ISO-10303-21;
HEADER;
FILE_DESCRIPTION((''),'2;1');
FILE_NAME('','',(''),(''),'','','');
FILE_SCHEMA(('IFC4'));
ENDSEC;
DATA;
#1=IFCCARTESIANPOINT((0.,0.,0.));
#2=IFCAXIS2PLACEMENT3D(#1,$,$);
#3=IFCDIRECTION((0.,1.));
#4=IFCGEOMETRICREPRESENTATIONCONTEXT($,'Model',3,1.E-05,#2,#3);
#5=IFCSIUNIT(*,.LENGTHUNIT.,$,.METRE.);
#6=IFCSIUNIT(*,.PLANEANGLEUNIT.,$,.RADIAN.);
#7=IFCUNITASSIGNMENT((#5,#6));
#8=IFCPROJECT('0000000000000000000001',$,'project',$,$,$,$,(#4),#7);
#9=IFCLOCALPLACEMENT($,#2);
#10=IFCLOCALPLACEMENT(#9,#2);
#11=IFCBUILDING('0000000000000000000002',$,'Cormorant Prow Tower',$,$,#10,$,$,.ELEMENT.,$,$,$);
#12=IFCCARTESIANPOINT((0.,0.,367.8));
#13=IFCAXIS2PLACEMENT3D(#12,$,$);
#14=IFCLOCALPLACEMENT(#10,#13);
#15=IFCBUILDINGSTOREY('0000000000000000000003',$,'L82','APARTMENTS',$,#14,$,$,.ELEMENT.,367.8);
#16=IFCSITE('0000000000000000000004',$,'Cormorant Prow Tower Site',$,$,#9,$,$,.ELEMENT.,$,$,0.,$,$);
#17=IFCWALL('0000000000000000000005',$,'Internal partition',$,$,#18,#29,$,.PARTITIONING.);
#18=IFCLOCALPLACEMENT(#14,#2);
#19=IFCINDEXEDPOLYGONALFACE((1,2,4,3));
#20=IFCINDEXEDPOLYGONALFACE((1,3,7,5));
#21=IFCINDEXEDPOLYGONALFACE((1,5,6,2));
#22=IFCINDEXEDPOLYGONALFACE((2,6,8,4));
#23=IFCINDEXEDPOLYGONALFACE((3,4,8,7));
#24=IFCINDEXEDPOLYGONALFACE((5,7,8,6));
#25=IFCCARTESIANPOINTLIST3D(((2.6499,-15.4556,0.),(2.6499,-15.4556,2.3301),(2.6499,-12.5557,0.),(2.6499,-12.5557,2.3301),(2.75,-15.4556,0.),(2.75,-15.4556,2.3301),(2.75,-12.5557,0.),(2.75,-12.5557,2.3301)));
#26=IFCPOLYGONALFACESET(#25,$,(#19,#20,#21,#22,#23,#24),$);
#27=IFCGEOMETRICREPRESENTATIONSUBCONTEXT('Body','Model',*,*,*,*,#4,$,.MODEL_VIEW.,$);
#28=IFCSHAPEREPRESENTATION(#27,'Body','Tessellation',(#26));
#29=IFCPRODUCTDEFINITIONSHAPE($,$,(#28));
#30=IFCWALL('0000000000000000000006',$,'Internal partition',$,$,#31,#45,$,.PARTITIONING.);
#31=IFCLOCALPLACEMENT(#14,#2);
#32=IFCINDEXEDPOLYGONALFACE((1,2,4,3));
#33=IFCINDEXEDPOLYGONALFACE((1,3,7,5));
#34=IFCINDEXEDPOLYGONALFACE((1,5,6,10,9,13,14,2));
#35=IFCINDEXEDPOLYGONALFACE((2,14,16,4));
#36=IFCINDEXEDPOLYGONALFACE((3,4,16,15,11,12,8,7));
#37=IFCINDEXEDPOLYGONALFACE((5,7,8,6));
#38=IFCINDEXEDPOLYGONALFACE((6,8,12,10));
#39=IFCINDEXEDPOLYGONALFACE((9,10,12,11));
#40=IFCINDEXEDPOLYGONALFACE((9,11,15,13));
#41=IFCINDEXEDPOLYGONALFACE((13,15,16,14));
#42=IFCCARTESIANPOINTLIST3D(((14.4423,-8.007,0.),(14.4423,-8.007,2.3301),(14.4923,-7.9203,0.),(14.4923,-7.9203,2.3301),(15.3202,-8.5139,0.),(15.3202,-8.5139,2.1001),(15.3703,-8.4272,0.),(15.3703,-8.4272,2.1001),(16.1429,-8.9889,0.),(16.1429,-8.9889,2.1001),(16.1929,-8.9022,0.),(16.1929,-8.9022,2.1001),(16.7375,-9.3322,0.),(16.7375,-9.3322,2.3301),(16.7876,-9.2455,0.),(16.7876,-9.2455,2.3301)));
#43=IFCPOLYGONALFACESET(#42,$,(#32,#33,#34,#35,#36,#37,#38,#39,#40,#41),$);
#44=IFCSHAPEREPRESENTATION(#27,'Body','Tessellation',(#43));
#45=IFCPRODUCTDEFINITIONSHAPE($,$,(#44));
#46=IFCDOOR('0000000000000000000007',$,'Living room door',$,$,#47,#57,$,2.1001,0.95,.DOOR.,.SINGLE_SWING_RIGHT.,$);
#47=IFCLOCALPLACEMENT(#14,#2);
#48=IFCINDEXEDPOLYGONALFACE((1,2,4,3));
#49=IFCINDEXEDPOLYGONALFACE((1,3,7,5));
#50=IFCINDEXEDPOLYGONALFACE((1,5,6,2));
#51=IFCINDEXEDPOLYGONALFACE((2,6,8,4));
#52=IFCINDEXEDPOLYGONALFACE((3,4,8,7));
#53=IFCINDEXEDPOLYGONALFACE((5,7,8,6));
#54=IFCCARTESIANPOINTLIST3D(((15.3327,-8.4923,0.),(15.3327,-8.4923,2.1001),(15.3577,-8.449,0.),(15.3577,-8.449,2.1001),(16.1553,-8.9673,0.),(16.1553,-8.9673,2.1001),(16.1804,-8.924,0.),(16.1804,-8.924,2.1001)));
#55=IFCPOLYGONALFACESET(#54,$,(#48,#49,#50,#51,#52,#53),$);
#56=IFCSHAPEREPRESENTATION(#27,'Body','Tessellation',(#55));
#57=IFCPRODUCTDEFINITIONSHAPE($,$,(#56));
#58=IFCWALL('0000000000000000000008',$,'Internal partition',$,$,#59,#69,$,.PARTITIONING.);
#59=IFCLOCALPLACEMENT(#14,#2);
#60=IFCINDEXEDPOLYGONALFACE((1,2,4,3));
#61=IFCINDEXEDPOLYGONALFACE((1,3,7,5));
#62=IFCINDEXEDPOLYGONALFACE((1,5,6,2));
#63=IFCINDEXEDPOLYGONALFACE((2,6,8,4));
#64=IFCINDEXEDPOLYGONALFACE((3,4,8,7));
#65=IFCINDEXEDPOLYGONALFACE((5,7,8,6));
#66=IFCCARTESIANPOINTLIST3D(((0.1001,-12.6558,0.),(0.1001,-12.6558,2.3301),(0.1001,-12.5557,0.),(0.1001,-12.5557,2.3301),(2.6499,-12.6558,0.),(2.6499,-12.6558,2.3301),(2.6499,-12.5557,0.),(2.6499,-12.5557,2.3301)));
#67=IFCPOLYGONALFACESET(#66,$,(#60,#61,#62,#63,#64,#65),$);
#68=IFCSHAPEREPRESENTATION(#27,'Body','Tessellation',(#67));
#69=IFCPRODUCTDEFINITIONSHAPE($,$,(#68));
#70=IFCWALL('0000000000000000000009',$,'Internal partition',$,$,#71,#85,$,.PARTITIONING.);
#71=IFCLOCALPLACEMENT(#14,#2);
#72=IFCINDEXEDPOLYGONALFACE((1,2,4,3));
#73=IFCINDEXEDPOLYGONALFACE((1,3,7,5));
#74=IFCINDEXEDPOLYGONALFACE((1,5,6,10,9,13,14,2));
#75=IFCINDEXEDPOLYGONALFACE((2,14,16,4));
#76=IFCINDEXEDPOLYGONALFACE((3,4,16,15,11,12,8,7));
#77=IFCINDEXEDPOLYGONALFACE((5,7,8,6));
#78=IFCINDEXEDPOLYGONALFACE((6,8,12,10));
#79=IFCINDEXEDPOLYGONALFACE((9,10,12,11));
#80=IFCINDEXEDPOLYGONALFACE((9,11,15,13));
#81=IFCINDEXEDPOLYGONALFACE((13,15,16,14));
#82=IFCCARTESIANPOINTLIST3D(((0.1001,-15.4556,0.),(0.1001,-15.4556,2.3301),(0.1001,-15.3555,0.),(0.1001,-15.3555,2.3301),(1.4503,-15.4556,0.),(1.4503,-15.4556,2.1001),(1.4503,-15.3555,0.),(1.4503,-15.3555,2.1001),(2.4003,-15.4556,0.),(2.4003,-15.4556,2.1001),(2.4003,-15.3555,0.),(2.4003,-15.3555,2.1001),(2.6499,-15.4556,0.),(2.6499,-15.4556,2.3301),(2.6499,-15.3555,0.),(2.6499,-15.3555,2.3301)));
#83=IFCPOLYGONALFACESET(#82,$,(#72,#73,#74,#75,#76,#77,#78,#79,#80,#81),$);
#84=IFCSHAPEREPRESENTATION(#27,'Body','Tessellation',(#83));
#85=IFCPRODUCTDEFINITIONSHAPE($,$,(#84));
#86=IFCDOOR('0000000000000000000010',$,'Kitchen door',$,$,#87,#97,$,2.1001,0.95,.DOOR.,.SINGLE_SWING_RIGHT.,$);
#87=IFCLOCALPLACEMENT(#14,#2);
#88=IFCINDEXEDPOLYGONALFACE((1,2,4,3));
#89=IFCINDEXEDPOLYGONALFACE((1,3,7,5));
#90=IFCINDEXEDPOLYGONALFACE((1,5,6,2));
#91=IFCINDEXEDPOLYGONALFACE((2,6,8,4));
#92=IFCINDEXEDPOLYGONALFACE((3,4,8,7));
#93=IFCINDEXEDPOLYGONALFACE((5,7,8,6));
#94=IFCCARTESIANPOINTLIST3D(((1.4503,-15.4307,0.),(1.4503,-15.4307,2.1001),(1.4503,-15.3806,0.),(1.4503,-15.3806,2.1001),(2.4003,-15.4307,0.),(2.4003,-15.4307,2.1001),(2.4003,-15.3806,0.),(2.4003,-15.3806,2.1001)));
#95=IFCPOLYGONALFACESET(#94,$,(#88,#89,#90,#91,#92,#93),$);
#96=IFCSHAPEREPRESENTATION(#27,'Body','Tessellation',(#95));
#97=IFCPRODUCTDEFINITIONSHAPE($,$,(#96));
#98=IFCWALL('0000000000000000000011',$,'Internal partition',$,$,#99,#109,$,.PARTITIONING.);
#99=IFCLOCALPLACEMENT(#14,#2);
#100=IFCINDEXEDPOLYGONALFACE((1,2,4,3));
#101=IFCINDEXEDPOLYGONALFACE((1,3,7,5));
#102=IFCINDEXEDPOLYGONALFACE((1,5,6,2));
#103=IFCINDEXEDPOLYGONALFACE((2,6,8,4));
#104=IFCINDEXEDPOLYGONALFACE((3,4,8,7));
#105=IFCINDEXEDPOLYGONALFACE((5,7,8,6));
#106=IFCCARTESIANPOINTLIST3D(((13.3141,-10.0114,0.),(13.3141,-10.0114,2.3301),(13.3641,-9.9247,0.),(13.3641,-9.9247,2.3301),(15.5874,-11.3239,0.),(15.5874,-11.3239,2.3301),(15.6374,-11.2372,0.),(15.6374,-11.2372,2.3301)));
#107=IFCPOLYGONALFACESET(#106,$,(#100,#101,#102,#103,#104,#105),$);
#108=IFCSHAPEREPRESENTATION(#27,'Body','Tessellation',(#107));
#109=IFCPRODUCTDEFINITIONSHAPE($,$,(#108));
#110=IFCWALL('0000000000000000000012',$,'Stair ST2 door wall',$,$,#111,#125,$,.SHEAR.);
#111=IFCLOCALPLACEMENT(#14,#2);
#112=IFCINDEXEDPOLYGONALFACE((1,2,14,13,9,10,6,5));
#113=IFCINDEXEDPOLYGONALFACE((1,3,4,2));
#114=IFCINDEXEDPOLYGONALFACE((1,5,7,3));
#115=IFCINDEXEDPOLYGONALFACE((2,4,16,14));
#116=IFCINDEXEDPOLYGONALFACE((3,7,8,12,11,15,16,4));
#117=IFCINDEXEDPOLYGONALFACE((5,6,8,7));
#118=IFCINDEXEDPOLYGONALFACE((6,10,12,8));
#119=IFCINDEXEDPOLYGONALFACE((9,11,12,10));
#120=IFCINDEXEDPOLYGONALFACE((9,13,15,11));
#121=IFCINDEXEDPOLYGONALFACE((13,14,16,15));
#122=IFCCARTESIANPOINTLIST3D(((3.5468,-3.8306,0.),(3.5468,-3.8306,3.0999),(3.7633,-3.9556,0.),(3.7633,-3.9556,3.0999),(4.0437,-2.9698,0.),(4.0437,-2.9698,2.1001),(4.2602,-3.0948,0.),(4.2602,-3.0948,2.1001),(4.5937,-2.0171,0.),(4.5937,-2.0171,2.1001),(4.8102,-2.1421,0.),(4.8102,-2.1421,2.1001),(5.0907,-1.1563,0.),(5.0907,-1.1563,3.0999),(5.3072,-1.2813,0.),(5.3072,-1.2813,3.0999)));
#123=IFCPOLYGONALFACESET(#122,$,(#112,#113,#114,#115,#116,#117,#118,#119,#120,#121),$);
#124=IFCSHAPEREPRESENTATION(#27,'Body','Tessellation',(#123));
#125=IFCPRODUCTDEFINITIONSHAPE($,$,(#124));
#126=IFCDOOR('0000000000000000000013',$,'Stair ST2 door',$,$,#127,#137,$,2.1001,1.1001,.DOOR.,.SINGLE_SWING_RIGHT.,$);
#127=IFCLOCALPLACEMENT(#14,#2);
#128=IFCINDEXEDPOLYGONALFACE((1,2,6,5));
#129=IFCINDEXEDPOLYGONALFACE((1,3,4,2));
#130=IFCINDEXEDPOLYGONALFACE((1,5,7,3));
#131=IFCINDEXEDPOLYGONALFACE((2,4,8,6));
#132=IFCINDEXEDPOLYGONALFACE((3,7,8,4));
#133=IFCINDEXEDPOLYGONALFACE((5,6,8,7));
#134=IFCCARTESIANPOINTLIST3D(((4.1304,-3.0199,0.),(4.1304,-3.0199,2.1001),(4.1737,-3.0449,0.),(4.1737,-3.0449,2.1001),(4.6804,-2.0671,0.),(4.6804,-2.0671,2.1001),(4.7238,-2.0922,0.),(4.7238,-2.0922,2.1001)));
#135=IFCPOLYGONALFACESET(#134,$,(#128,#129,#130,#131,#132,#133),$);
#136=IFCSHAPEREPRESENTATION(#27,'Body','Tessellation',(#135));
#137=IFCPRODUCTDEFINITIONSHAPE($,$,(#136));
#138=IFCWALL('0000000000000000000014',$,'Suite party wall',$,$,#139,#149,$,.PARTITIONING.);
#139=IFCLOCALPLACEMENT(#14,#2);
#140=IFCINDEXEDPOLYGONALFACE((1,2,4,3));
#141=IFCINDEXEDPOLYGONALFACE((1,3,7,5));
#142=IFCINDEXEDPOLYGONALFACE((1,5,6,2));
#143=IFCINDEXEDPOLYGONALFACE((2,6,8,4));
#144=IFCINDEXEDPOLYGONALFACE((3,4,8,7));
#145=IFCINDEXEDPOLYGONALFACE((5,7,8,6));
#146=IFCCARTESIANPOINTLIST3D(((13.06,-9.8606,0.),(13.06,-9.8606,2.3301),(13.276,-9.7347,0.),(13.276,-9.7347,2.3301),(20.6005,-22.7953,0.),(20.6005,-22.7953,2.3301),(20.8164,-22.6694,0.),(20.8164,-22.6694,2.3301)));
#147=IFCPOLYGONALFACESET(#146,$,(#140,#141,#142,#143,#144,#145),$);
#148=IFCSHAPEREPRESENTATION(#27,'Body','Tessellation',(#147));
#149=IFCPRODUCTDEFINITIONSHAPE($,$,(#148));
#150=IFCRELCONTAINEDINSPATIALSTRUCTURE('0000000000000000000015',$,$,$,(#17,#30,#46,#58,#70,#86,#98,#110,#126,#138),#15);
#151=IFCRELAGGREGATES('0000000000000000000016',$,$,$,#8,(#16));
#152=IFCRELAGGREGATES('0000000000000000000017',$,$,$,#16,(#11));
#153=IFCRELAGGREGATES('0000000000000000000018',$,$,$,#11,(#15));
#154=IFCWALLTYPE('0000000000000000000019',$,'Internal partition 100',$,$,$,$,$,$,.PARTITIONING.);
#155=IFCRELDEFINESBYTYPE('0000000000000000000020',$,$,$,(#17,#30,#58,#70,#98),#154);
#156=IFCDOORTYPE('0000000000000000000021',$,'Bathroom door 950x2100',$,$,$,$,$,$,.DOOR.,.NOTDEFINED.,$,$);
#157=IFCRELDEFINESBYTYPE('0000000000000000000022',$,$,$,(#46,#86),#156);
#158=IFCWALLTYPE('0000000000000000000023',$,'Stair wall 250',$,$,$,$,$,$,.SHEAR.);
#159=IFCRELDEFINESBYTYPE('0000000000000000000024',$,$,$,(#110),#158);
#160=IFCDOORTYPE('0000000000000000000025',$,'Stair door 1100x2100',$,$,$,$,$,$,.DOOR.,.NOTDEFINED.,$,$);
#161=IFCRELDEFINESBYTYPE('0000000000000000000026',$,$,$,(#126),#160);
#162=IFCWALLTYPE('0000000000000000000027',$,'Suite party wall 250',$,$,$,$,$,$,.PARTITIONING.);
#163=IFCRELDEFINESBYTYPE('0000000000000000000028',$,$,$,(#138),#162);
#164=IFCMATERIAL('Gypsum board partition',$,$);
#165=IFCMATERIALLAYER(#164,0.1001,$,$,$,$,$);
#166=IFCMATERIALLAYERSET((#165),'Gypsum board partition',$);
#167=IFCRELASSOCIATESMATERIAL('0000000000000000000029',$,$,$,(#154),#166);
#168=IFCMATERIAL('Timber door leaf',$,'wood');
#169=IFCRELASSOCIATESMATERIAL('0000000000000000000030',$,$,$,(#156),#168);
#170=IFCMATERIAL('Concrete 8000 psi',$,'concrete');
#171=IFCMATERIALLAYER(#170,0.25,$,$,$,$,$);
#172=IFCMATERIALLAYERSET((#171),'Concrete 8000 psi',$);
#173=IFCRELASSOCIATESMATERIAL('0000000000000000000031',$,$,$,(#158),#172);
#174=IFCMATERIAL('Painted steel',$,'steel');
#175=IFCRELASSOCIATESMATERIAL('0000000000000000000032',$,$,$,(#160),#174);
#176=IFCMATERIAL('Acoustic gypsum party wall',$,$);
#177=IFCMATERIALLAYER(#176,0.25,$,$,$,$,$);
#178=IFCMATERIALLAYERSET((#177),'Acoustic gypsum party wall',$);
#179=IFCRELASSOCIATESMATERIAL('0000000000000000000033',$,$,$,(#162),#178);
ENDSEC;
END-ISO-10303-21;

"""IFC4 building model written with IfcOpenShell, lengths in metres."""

from ifc_helpers import new_model, si_unit, direction, frame, frame_2d, origin, place, context, subcontext, project, spatial, rectangle, extrude, material, layer, layer_set, type_object, element, fill, save


model = new_model("IFC4")

# Units and contexts
model_context = context("Model", 3, precision=1e-05, world=origin(), true_north=direction((0.0, 1.0)))
body_context = subcontext(model_context, "Body", "Model", "MODEL_VIEW")
ifc_project = project(units=[si_unit("LENGTHUNIT", "METRE"), si_unit("PLANEANGLEUNIT", "RADIAN")], contexts=[model_context])

# Site, building, storey
site_placement = place(None, origin())
site = spatial("IfcSite", under=ifc_project, at=site_placement, Name="Cormorant Prow Tower Site", CompositionType="ELEMENT", RefElevation=0.0)
building_placement = place(site_placement, origin())
building = spatial("IfcBuilding", under=site, at=building_placement, Name="Cormorant Prow Tower", CompositionType="ELEMENT")
storey_placement = place(building_placement, frame((0.0, 0.0, 367.8)))
storey = spatial("IfcBuildingStorey", under=building, at=storey_placement, Name="L82", Description="APARTMENTS", CompositionType="ELEMENT", Elevation=367.8)

# Shared definitions
ifc_material_1 = material(Name="Gypsum board partition")
ifc_layer_1 = layer(ifc_material_1, 0.1001)
ifc_layer_set_1 = layer_set([ifc_layer_1], Name="Gypsum board partition")
wall_type_1 = type_object("IfcWallType", Name="Internal partition 100", PredefinedType="PARTITIONING", material=ifc_layer_set_1)
ifc_material_2 = material(Name="Timber door leaf", Category="wood")
door_type_1 = type_object("IfcDoorType", Name="Bathroom door 950x2100", OperationType="NOTDEFINED", PredefinedType="DOOR", material=ifc_material_2)

# Wall
wall_1_placement = place(storey_placement, frame((2.7, -15.4556, 0.0), z_axis=(0.0, 0.0, 1.0), x_axis=(0.0, 1.0, 0.0)))
element("IfcWall", 1, at=wall_1_placement, inside=storey, type_object=wall_type_1, Name="Internal partition", PredefinedType="PARTITIONING", context=body_context, shape_type="SweptSolid", body=[
    extrude(rectangle(XDim=2.8999, YDim=0.1001, at=frame_2d((1.45, 0.0))), origin(), (0.0, 0.0, 1.0), 2.3301),
])

# Wall, opening, door
wall_2_placement = place(storey_placement, frame((14.4673, -7.9636, 0.0), z_axis=(0.0, 0.0, 1.0), x_axis=(0.866012, -0.500023, 0.0)))
wall_2 = element("IfcWall", 2, at=wall_2_placement, inside=storey, type_object=wall_type_1, Name="Internal partition", PredefinedType="PARTITIONING", context=body_context, shape_type="SweptSolid", body=[
    extrude(rectangle(XDim=2.6504, YDim=0.1001, at=frame_2d((1.3252, 0.0))), origin(), (0.0, 0.0, 1.0), 2.3301),
])
opening_1_placement = place(wall_2_placement, frame((1.0137, 0.0, 0.0)))
opening_1 = element("IfcOpeningElement", 3, at=opening_1_placement, cuts=wall_2, PredefinedType="OPENING", context=body_context, shape_type="SweptSolid", body=[
    extrude(rectangle(XDim=0.95, YDim=2.1001, at=frame_2d((0.4751, 1.05))), frame((0.0, 0.0601, 0.0), z_axis=(0.0, -1.0, 0.0), x_axis=(1.0, 0.0, 0.0)), (0.0, 0.0, 1.0), 0.1201),
])
door_1_placement = place(opening_1_placement, origin())
door_1 = element("IfcDoor", 4, at=door_1_placement, inside=storey, type_object=door_type_1, Name="Living room door", OperationType="SINGLE_SWING_RIGHT", OverallHeight=2.1001, OverallWidth=0.95, PredefinedType="DOOR", context=body_context, shape_type="SweptSolid", body=[
    extrude(rectangle(XDim=0.95, YDim=2.1001, at=frame_2d((0.4751, 1.05))), frame((0.0, 0.0249, 0.0), z_axis=(0.0, -1.0, 0.0), x_axis=(1.0, 0.0, 0.0)), (0.0, 0.0, 1.0), 0.05),
])
fill(opening_1, door_1)

# Wall
wall_3_placement = place(storey_placement, frame((0.1001, -12.6057, 0.0), z_axis=(0.0, 0.0, 1.0), x_axis=(1.0, 0.0, 0.0)))
element("IfcWall", 5, at=wall_3_placement, inside=storey, type_object=wall_type_1, Name="Internal partition", PredefinedType="PARTITIONING", context=body_context, shape_type="SweptSolid", body=[
    extrude(rectangle(XDim=2.5498, YDim=0.1001, at=frame_2d((1.2749, 0.0))), origin(), (0.0, 0.0, 1.0), 2.3301),
])

# Wall, opening, door
wall_4_placement = place(storey_placement, frame((0.1001, -15.4055, 0.0), z_axis=(0.0, 0.0, 1.0), x_axis=(1.0, 0.0, 0.0)))
wall_4 = element("IfcWall", 6, at=wall_4_placement, inside=storey, type_object=wall_type_1, Name="Internal partition", PredefinedType="PARTITIONING", context=body_context, shape_type="SweptSolid", body=[
    extrude(rectangle(XDim=2.5498, YDim=0.1001, at=frame_2d((1.2749, 0.0))), origin(), (0.0, 0.0, 1.0), 2.3301),
])
opening_2_placement = place(wall_4_placement, frame((1.3501, 0.0, 0.0)))
opening_2 = element("IfcOpeningElement", 7, at=opening_2_placement, cuts=wall_4, PredefinedType="OPENING", context=body_context, shape_type="SweptSolid", body=[
    extrude(rectangle(XDim=0.95, YDim=2.1001, at=frame_2d((0.4751, 1.05))), frame((0.0, 0.0601, 0.0), z_axis=(0.0, -1.0, 0.0), x_axis=(1.0, 0.0, 0.0)), (0.0, 0.0, 1.0), 0.1201),
])
door_2_placement = place(opening_2_placement, origin())
door_2 = element("IfcDoor", 8, at=door_2_placement, inside=storey, type_object=door_type_1, Name="Kitchen door", OperationType="SINGLE_SWING_RIGHT", OverallHeight=2.1001, OverallWidth=0.95, PredefinedType="DOOR", context=body_context, shape_type="SweptSolid", body=[
    extrude(rectangle(XDim=0.95, YDim=2.1001, at=frame_2d((0.4751, 1.05))), frame((0.0, 0.0249, 0.0), z_axis=(0.0, -1.0, 0.0), x_axis=(1.0, 0.0, 0.0)), (0.0, 0.0, 1.0), 0.05),
])
fill(opening_2, door_2)

# Wall
wall_5_placement = place(storey_placement, frame((13.3391, -9.968, 0.0), z_axis=(0.0, 0.0, 1.0), x_axis=(0.866014, -0.50002, 0.0)))
element("IfcWall", 9, at=wall_5_placement, inside=storey, type_object=wall_type_1, Name="Internal partition", PredefinedType="PARTITIONING", context=body_context, shape_type="SweptSolid", body=[
    extrude(rectangle(XDim=2.625, YDim=0.1001, at=frame_2d((1.3125, 0.0))), origin(), (0.0, 0.0, 1.0), 2.3301),
])

# Wall, opening, door
ifc_material_3 = material(Name="Concrete 8000 psi", Category="concrete")
ifc_layer_2 = layer(ifc_material_3, 0.25)
ifc_layer_set_2 = layer_set([ifc_layer_2], Name="Concrete 8000 psi")
wall_type_2 = type_object("IfcWallType", Name="Stair wall 250", PredefinedType="SHEAR", material=ifc_layer_set_2)
wall_6_placement = place(storey_placement, frame((3.655, -3.8931, 0.0), z_axis=(0.0, 0.0, 1.0), x_axis=(0.499983, 0.866035, 0.0)))
wall_6 = element("IfcWall", 10, at=wall_6_placement, inside=storey, type_object=wall_type_2, Name="Stair ST2 door wall", PredefinedType="SHEAR", context=body_context, shape_type="SweptSolid", body=[
    extrude(rectangle(XDim=3.0879, YDim=0.25, at=frame_2d((1.5439, 0.0))), origin(), (0.0, 0.0, 1.0), 3.0999),
])
opening_3_placement = place(wall_6_placement, frame((0.9939, 0.0, 0.0)))
opening_3 = element("IfcOpeningElement", 11, at=opening_3_placement, cuts=wall_6, PredefinedType="OPENING", context=body_context, shape_type="SweptSolid", body=[
    extrude(rectangle(XDim=1.1001, YDim=2.1001, at=frame_2d((0.55, 1.05))), frame((0.0, 0.135, 0.0), z_axis=(0.0, -1.0, 0.0), x_axis=(1.0, 0.0, 0.0)), (0.0, 0.0, 1.0), 0.27),
])
ifc_material_4 = material(Name="Painted steel", Category="steel")
door_type_2 = type_object("IfcDoorType", Name="Stair door 1100x2100", OperationType="NOTDEFINED", PredefinedType="DOOR", material=ifc_material_4)
door_3_placement = place(opening_3_placement, origin())
door_3 = element("IfcDoor", 12, at=door_3_placement, inside=storey, type_object=door_type_2, Name="Stair ST2 door", OperationType="SINGLE_SWING_RIGHT", OverallHeight=2.1001, OverallWidth=1.1001, PredefinedType="DOOR", context=body_context, shape_type="SweptSolid", body=[
    extrude(rectangle(XDim=1.1001, YDim=2.1001, at=frame_2d((0.55, 1.05))), frame((0.0, 0.0249, 0.0), z_axis=(0.0, -1.0, 0.0), x_axis=(1.0, 0.0, 0.0)), (0.0, 0.0, 1.0), 0.05),
])
fill(opening_3, door_3)

# Wall
ifc_material_5 = material(Name="Acoustic gypsum party wall")
ifc_layer_3 = layer(ifc_material_5, 0.25)
ifc_layer_set_3 = layer_set([ifc_layer_3], Name="Acoustic gypsum party wall")
wall_type_3 = type_object("IfcWallType", Name="Suite party wall 250", PredefinedType="PARTITIONING", material=ifc_layer_set_3)
wall_7_placement = place(storey_placement, frame((13.168, -9.7976, 0.0), z_axis=(0.0, 0.0, 1.0), x_axis=(0.503633, -0.863918, 0.0)))
element("IfcWall", 13, at=wall_7_placement, inside=storey, type_object=wall_type_3, Name="Suite party wall", PredefinedType="PARTITIONING", context=body_context, shape_type="SweptSolid", body=[
    extrude(rectangle(XDim=14.9722, YDim=0.25, at=frame_2d((7.4861, 0.0))), origin(), (0.0, 0.0, 1.0), 2.3301),
])

save(model, "model.ifc")
